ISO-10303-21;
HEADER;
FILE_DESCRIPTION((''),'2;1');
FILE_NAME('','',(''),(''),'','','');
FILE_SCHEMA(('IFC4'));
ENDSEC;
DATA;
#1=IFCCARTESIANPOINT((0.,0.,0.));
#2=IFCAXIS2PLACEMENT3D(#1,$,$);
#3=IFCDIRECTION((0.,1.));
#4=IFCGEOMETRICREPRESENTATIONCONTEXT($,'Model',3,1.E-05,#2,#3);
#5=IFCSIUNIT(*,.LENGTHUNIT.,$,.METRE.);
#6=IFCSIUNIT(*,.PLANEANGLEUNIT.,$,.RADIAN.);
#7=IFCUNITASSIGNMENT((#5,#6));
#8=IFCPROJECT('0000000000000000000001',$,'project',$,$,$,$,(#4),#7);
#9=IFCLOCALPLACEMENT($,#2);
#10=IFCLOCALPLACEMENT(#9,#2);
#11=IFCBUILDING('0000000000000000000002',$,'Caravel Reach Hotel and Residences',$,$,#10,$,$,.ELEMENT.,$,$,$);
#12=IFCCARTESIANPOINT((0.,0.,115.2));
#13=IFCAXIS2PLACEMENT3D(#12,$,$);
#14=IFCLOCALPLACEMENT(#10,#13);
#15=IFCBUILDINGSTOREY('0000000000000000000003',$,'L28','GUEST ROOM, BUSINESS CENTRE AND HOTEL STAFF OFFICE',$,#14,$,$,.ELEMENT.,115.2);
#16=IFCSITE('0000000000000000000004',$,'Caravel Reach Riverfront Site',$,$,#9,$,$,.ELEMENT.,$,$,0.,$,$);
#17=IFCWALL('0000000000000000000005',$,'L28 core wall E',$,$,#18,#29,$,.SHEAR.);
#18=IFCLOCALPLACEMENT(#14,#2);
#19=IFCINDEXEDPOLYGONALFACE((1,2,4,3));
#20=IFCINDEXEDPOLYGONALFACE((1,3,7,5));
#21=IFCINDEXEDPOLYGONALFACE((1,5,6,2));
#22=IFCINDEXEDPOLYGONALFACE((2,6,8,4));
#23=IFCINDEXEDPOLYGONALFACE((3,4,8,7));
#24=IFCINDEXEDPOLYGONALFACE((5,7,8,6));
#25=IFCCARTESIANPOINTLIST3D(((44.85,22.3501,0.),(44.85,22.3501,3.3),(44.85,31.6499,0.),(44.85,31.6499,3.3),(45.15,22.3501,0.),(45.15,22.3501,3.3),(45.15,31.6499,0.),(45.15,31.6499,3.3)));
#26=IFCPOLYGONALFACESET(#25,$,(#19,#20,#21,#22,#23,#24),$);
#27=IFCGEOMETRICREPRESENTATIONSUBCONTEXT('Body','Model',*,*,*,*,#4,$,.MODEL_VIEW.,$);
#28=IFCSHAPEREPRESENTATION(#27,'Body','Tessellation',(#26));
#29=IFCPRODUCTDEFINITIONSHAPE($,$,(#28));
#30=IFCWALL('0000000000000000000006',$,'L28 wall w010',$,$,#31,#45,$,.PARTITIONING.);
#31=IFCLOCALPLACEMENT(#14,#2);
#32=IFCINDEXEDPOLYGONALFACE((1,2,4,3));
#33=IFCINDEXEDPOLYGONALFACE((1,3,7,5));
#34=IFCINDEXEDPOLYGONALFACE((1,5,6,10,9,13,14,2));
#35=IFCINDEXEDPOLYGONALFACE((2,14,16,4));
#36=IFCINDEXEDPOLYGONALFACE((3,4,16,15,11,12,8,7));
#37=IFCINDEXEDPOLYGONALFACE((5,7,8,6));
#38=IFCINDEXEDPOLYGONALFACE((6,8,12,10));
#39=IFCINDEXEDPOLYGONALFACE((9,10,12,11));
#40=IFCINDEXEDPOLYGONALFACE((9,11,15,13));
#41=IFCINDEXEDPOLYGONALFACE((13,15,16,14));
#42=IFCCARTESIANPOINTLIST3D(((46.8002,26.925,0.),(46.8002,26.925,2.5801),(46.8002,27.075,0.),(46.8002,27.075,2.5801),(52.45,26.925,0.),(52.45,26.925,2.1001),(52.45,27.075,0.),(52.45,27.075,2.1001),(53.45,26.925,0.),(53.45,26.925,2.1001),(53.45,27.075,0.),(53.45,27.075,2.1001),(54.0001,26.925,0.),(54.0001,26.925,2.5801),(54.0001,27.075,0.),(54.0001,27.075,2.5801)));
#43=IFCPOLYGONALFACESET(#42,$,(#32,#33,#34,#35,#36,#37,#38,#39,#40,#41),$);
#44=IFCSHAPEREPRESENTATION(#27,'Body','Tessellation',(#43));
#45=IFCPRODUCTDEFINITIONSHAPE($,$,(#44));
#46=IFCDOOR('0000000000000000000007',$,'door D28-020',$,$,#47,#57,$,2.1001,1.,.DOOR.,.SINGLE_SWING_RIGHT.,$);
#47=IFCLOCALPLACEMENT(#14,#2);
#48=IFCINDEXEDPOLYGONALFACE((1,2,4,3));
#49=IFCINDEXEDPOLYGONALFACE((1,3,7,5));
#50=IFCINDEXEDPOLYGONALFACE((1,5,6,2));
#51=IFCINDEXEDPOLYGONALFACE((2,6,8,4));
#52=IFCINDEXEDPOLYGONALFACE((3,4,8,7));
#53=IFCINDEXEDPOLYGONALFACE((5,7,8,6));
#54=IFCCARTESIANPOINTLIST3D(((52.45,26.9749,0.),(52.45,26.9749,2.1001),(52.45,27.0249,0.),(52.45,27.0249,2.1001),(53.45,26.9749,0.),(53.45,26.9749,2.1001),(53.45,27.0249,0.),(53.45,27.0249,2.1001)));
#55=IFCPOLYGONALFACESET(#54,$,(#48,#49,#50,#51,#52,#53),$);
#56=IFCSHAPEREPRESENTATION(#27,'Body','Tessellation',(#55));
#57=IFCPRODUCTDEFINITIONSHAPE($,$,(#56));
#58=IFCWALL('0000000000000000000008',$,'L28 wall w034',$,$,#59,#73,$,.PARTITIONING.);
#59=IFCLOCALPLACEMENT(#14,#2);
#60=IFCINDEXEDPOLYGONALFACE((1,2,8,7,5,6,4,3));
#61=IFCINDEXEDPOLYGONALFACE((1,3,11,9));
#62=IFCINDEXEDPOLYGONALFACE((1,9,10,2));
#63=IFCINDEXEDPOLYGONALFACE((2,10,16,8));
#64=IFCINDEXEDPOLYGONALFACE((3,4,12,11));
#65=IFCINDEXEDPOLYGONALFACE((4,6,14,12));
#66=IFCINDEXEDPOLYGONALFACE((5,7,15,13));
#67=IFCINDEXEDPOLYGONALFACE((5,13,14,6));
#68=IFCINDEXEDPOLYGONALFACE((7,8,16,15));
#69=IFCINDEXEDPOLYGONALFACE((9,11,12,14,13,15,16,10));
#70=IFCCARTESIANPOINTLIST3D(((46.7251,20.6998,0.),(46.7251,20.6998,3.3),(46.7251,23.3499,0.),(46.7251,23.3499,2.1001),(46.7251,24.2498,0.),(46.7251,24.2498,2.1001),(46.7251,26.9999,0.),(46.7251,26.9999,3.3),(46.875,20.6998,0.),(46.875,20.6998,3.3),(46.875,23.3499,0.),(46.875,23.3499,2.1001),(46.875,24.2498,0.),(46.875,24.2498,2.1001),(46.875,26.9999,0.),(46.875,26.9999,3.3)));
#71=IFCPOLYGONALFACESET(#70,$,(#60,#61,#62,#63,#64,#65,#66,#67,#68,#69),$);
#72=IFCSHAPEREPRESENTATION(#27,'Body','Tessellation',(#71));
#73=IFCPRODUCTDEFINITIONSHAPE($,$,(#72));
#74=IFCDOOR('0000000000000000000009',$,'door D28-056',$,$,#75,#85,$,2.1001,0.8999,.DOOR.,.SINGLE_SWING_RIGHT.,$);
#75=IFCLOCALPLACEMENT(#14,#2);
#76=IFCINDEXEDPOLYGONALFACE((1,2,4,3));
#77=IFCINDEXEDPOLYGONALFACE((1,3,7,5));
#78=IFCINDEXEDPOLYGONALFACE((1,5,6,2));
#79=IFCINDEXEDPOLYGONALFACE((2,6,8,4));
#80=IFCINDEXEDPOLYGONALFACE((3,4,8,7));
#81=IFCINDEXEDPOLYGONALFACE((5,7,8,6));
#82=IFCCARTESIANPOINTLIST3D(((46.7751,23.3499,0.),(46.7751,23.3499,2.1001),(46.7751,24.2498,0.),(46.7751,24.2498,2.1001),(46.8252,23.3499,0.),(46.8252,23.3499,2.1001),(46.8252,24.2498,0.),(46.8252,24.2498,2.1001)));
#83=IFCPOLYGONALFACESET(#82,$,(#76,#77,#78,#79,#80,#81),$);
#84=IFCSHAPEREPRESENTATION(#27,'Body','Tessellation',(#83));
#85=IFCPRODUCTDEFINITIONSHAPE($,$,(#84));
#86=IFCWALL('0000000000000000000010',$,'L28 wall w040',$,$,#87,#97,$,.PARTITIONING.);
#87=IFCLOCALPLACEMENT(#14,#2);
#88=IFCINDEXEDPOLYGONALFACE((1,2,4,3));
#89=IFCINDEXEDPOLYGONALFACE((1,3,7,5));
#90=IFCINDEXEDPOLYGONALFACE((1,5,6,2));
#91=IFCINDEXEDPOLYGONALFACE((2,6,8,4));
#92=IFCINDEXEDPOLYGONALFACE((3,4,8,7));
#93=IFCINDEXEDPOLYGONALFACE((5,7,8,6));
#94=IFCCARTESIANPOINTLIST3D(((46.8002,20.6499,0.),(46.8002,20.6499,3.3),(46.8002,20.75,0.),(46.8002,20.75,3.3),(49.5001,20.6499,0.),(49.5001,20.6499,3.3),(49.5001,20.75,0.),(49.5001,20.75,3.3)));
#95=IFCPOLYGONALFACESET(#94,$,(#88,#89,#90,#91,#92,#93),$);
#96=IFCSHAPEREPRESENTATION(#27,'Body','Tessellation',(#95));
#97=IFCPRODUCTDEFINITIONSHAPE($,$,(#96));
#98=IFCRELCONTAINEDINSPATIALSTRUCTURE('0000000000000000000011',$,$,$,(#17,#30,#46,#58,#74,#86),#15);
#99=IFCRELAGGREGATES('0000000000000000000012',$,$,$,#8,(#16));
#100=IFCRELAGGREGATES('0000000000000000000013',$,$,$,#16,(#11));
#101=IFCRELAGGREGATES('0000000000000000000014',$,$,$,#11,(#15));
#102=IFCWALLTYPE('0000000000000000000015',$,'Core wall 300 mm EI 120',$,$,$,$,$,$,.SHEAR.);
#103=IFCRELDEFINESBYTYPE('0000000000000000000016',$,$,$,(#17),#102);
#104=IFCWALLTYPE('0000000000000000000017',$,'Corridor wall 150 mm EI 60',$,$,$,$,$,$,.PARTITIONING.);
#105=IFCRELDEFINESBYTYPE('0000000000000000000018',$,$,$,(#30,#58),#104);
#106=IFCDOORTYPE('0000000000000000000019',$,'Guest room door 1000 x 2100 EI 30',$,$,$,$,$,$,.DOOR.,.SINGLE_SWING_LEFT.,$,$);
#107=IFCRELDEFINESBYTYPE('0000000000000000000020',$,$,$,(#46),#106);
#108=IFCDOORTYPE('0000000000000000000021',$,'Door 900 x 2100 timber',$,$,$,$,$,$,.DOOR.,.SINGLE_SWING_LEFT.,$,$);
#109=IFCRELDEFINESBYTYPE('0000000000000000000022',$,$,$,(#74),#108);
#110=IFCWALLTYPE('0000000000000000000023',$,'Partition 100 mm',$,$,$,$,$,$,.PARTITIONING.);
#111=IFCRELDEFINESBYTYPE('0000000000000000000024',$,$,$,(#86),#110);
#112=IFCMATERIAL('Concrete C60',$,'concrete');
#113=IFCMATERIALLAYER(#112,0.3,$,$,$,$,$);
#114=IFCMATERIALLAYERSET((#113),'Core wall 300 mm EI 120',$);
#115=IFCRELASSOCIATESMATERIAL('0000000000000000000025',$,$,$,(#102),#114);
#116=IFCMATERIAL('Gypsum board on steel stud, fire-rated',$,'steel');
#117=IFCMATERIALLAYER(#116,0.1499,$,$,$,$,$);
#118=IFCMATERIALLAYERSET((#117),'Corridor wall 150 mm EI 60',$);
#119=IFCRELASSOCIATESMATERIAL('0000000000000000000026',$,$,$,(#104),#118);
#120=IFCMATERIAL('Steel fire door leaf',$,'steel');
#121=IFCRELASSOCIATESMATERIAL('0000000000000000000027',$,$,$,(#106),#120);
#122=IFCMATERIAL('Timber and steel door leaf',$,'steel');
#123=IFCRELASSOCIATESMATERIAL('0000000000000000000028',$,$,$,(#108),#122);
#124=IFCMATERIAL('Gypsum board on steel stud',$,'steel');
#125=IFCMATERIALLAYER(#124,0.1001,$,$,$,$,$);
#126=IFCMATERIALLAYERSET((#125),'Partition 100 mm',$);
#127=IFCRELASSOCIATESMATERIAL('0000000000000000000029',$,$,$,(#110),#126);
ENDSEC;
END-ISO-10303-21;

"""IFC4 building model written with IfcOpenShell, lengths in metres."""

from ifc_helpers import new_model, si_unit, direction, frame, frame_2d, origin, place, context, subcontext, project, spatial, rectangle, extrude, material, layer, layer_set, type_object, element, fill, save


model = new_model("IFC4")

# Units and contexts
model_context = context("Model", 3, precision=1e-05, world=origin(), true_north=direction((0.0, 1.0)))
body_context = subcontext(model_context, "Body", "Model", "MODEL_VIEW")
ifc_project = project(units=[si_unit("LENGTHUNIT", "METRE"), si_unit("PLANEANGLEUNIT", "RADIAN")], contexts=[model_context])

# Site, building, storey
site_placement = place(None, origin())
site = spatial("IfcSite", under=ifc_project, at=site_placement, Name="Caravel Reach Riverfront Site", CompositionType="ELEMENT", RefElevation=0.0)
building_placement = place(site_placement, origin())
building = spatial("IfcBuilding", under=site, at=building_placement, Name="Caravel Reach Hotel and Residences", CompositionType="ELEMENT")
storey_placement = place(building_placement, frame((0.0, 0.0, 115.2)))
storey = spatial("IfcBuildingStorey", under=building, at=storey_placement, Name="L28", Description="GUEST ROOM, BUSINESS CENTRE AND HOTEL STAFF OFFICE", CompositionType="ELEMENT", Elevation=115.2)

# Wall
ifc_material_1 = material(Name="Concrete C60", Category="concrete")
ifc_layer_1 = layer(ifc_material_1, 0.3)
ifc_layer_set_1 = layer_set([ifc_layer_1], Name="Core wall 300 mm EI 120")
wall_type_1 = type_object("IfcWallType", Name="Core wall 300 mm EI 120", PredefinedType="SHEAR", material=ifc_layer_set_1)
wall_1_placement = place(storey_placement, frame((45.0, 22.3501, 0.0), z_axis=(0.0, 0.0, 1.0), x_axis=(0.0, 1.0, 0.0)))
element("IfcWall", 1, at=wall_1_placement, inside=storey, type_object=wall_type_1, Name="L28 core wall E", PredefinedType="SHEAR", context=body_context, shape_type="SweptSolid", body=[
    extrude(rectangle(XDim=9.2998, YDim=0.3, at=frame_2d((4.6499, 0.0))), origin(), (0.0, 0.0, 1.0), 3.3),
])

# Walls, openings, doors
ifc_material_2 = material(Name="Gypsum board on steel stud, fire-rated", Category="steel")
ifc_layer_2 = layer(ifc_material_2, 0.1499)
ifc_layer_set_2 = layer_set([ifc_layer_2], Name="Corridor wall 150 mm EI 60")
wall_type_2 = type_object("IfcWallType", Name="Corridor wall 150 mm EI 60", PredefinedType="PARTITIONING", material=ifc_layer_set_2)
wall_2_placement = place(storey_placement, frame((46.8, 27.0, 0.0), z_axis=(0.0, 0.0, 1.0), x_axis=(1.0, 0.0, 0.0)))
wall_2 = element("IfcWall", 2, at=wall_2_placement, inside=storey, type_object=wall_type_2, Name="L28 wall w010", PredefinedType="PARTITIONING", context=body_context, shape_type="SweptSolid", body=[
    extrude(rectangle(XDim=7.2, YDim=0.1499, at=frame_2d((3.6001, 0.0))), origin(), (0.0, 0.0, 1.0), 2.5801),
])
opening_1_placement = place(wall_2_placement, frame((5.6499, 0.0, 0.0)))
opening_1 = element("IfcOpeningElement", 3, at=opening_1_placement, cuts=wall_2, PredefinedType="OPENING", context=body_context, shape_type="SweptSolid", body=[
    extrude(rectangle(XDim=1.0, YDim=2.1001, at=frame_2d((0.5, 1.05))), frame((0.0, 0.085, 0.0), z_axis=(0.0, -1.0, 0.0), x_axis=(1.0, 0.0, 0.0)), (0.0, 0.0, 1.0), 0.1699),
])
ifc_material_3 = material(Name="Steel fire door leaf", Category="steel")
door_type_1 = type_object("IfcDoorType", Name="Guest room door 1000 x 2100 EI 30", OperationType="SINGLE_SWING_LEFT", PredefinedType="DOOR", material=ifc_material_3)
door_1_placement = place(opening_1_placement, origin())
door_1 = element("IfcDoor", 4, at=door_1_placement, inside=storey, type_object=door_type_1, Name="door D28-020", OperationType="SINGLE_SWING_RIGHT", OverallHeight=2.1001, OverallWidth=1.0, PredefinedType="DOOR", context=body_context, shape_type="SweptSolid", body=[
    extrude(rectangle(XDim=1.0, YDim=2.1001, at=frame_2d((0.5, 1.05))), frame((0.0, 0.0249, 0.0), z_axis=(0.0, -1.0, 0.0), x_axis=(1.0, 0.0, 0.0)), (0.0, 0.0, 1.0), 0.05),
])
fill(opening_1, door_1)
wall_3_placement = place(storey_placement, frame((46.8, 20.7, 0.0), z_axis=(0.0, 0.0, 1.0), x_axis=(0.0, 1.0, 0.0)))
wall_3 = element("IfcWall", 5, at=wall_3_placement, inside=storey, type_object=wall_type_2, Name="L28 wall w034", PredefinedType="PARTITIONING", context=body_context, shape_type="SweptSolid", body=[
    extrude(rectangle(XDim=6.3, YDim=0.1499, at=frame_2d((3.1499, 0.0))), origin(), (0.0, 0.0, 1.0), 3.3),
])
opening_2_placement = place(wall_3_placement, frame((2.6499, 0.0, 0.0)))
opening_2 = element("IfcOpeningElement", 6, at=opening_2_placement, cuts=wall_3, PredefinedType="OPENING", context=body_context, shape_type="SweptSolid", body=[
    extrude(rectangle(XDim=0.8999, YDim=2.1001, at=frame_2d((0.45, 1.05))), frame((0.0, 0.085, 0.0), z_axis=(0.0, -1.0, 0.0), x_axis=(1.0, 0.0, 0.0)), (0.0, 0.0, 1.0), 0.1699),
])
ifc_material_4 = material(Name="Timber and steel door leaf", Category="steel")
door_type_2 = type_object("IfcDoorType", Name="Door 900 x 2100 timber", OperationType="SINGLE_SWING_LEFT", PredefinedType="DOOR", material=ifc_material_4)
door_2_placement = place(opening_2_placement, origin())
door_2 = element("IfcDoor", 7, at=door_2_placement, inside=storey, type_object=door_type_2, Name="door D28-056", OperationType="SINGLE_SWING_RIGHT", OverallHeight=2.1001, OverallWidth=0.8999, PredefinedType="DOOR", context=body_context, shape_type="SweptSolid", body=[
    extrude(rectangle(XDim=0.8999, YDim=2.1001, at=frame_2d((0.45, 1.05))), frame((0.0, 0.0249, 0.0), z_axis=(0.0, -1.0, 0.0), x_axis=(1.0, 0.0, 0.0)), (0.0, 0.0, 1.0), 0.05),
])
fill(opening_2, door_2)

# Wall
ifc_material_5 = material(Name="Gypsum board on steel stud", Category="steel")
ifc_layer_3 = layer(ifc_material_5, 0.1001)
ifc_layer_set_3 = layer_set([ifc_layer_3], Name="Partition 100 mm")
wall_type_3 = type_object("IfcWallType", Name="Partition 100 mm", PredefinedType="PARTITIONING", material=ifc_layer_set_3)
wall_4_placement = place(storey_placement, frame((46.8, 20.7, 0.0), z_axis=(0.0, 0.0, 1.0), x_axis=(1.0, 0.0, 0.0)))
element("IfcWall", 8, at=wall_4_placement, inside=storey, type_object=wall_type_3, Name="L28 wall w040", PredefinedType="PARTITIONING", context=body_context, shape_type="SweptSolid", body=[
    extrude(rectangle(XDim=2.7, YDim=0.1001, at=frame_2d((1.3501, 0.0))), origin(), (0.0, 0.0, 1.0), 3.3),
])

save(model, "model.ifc")
